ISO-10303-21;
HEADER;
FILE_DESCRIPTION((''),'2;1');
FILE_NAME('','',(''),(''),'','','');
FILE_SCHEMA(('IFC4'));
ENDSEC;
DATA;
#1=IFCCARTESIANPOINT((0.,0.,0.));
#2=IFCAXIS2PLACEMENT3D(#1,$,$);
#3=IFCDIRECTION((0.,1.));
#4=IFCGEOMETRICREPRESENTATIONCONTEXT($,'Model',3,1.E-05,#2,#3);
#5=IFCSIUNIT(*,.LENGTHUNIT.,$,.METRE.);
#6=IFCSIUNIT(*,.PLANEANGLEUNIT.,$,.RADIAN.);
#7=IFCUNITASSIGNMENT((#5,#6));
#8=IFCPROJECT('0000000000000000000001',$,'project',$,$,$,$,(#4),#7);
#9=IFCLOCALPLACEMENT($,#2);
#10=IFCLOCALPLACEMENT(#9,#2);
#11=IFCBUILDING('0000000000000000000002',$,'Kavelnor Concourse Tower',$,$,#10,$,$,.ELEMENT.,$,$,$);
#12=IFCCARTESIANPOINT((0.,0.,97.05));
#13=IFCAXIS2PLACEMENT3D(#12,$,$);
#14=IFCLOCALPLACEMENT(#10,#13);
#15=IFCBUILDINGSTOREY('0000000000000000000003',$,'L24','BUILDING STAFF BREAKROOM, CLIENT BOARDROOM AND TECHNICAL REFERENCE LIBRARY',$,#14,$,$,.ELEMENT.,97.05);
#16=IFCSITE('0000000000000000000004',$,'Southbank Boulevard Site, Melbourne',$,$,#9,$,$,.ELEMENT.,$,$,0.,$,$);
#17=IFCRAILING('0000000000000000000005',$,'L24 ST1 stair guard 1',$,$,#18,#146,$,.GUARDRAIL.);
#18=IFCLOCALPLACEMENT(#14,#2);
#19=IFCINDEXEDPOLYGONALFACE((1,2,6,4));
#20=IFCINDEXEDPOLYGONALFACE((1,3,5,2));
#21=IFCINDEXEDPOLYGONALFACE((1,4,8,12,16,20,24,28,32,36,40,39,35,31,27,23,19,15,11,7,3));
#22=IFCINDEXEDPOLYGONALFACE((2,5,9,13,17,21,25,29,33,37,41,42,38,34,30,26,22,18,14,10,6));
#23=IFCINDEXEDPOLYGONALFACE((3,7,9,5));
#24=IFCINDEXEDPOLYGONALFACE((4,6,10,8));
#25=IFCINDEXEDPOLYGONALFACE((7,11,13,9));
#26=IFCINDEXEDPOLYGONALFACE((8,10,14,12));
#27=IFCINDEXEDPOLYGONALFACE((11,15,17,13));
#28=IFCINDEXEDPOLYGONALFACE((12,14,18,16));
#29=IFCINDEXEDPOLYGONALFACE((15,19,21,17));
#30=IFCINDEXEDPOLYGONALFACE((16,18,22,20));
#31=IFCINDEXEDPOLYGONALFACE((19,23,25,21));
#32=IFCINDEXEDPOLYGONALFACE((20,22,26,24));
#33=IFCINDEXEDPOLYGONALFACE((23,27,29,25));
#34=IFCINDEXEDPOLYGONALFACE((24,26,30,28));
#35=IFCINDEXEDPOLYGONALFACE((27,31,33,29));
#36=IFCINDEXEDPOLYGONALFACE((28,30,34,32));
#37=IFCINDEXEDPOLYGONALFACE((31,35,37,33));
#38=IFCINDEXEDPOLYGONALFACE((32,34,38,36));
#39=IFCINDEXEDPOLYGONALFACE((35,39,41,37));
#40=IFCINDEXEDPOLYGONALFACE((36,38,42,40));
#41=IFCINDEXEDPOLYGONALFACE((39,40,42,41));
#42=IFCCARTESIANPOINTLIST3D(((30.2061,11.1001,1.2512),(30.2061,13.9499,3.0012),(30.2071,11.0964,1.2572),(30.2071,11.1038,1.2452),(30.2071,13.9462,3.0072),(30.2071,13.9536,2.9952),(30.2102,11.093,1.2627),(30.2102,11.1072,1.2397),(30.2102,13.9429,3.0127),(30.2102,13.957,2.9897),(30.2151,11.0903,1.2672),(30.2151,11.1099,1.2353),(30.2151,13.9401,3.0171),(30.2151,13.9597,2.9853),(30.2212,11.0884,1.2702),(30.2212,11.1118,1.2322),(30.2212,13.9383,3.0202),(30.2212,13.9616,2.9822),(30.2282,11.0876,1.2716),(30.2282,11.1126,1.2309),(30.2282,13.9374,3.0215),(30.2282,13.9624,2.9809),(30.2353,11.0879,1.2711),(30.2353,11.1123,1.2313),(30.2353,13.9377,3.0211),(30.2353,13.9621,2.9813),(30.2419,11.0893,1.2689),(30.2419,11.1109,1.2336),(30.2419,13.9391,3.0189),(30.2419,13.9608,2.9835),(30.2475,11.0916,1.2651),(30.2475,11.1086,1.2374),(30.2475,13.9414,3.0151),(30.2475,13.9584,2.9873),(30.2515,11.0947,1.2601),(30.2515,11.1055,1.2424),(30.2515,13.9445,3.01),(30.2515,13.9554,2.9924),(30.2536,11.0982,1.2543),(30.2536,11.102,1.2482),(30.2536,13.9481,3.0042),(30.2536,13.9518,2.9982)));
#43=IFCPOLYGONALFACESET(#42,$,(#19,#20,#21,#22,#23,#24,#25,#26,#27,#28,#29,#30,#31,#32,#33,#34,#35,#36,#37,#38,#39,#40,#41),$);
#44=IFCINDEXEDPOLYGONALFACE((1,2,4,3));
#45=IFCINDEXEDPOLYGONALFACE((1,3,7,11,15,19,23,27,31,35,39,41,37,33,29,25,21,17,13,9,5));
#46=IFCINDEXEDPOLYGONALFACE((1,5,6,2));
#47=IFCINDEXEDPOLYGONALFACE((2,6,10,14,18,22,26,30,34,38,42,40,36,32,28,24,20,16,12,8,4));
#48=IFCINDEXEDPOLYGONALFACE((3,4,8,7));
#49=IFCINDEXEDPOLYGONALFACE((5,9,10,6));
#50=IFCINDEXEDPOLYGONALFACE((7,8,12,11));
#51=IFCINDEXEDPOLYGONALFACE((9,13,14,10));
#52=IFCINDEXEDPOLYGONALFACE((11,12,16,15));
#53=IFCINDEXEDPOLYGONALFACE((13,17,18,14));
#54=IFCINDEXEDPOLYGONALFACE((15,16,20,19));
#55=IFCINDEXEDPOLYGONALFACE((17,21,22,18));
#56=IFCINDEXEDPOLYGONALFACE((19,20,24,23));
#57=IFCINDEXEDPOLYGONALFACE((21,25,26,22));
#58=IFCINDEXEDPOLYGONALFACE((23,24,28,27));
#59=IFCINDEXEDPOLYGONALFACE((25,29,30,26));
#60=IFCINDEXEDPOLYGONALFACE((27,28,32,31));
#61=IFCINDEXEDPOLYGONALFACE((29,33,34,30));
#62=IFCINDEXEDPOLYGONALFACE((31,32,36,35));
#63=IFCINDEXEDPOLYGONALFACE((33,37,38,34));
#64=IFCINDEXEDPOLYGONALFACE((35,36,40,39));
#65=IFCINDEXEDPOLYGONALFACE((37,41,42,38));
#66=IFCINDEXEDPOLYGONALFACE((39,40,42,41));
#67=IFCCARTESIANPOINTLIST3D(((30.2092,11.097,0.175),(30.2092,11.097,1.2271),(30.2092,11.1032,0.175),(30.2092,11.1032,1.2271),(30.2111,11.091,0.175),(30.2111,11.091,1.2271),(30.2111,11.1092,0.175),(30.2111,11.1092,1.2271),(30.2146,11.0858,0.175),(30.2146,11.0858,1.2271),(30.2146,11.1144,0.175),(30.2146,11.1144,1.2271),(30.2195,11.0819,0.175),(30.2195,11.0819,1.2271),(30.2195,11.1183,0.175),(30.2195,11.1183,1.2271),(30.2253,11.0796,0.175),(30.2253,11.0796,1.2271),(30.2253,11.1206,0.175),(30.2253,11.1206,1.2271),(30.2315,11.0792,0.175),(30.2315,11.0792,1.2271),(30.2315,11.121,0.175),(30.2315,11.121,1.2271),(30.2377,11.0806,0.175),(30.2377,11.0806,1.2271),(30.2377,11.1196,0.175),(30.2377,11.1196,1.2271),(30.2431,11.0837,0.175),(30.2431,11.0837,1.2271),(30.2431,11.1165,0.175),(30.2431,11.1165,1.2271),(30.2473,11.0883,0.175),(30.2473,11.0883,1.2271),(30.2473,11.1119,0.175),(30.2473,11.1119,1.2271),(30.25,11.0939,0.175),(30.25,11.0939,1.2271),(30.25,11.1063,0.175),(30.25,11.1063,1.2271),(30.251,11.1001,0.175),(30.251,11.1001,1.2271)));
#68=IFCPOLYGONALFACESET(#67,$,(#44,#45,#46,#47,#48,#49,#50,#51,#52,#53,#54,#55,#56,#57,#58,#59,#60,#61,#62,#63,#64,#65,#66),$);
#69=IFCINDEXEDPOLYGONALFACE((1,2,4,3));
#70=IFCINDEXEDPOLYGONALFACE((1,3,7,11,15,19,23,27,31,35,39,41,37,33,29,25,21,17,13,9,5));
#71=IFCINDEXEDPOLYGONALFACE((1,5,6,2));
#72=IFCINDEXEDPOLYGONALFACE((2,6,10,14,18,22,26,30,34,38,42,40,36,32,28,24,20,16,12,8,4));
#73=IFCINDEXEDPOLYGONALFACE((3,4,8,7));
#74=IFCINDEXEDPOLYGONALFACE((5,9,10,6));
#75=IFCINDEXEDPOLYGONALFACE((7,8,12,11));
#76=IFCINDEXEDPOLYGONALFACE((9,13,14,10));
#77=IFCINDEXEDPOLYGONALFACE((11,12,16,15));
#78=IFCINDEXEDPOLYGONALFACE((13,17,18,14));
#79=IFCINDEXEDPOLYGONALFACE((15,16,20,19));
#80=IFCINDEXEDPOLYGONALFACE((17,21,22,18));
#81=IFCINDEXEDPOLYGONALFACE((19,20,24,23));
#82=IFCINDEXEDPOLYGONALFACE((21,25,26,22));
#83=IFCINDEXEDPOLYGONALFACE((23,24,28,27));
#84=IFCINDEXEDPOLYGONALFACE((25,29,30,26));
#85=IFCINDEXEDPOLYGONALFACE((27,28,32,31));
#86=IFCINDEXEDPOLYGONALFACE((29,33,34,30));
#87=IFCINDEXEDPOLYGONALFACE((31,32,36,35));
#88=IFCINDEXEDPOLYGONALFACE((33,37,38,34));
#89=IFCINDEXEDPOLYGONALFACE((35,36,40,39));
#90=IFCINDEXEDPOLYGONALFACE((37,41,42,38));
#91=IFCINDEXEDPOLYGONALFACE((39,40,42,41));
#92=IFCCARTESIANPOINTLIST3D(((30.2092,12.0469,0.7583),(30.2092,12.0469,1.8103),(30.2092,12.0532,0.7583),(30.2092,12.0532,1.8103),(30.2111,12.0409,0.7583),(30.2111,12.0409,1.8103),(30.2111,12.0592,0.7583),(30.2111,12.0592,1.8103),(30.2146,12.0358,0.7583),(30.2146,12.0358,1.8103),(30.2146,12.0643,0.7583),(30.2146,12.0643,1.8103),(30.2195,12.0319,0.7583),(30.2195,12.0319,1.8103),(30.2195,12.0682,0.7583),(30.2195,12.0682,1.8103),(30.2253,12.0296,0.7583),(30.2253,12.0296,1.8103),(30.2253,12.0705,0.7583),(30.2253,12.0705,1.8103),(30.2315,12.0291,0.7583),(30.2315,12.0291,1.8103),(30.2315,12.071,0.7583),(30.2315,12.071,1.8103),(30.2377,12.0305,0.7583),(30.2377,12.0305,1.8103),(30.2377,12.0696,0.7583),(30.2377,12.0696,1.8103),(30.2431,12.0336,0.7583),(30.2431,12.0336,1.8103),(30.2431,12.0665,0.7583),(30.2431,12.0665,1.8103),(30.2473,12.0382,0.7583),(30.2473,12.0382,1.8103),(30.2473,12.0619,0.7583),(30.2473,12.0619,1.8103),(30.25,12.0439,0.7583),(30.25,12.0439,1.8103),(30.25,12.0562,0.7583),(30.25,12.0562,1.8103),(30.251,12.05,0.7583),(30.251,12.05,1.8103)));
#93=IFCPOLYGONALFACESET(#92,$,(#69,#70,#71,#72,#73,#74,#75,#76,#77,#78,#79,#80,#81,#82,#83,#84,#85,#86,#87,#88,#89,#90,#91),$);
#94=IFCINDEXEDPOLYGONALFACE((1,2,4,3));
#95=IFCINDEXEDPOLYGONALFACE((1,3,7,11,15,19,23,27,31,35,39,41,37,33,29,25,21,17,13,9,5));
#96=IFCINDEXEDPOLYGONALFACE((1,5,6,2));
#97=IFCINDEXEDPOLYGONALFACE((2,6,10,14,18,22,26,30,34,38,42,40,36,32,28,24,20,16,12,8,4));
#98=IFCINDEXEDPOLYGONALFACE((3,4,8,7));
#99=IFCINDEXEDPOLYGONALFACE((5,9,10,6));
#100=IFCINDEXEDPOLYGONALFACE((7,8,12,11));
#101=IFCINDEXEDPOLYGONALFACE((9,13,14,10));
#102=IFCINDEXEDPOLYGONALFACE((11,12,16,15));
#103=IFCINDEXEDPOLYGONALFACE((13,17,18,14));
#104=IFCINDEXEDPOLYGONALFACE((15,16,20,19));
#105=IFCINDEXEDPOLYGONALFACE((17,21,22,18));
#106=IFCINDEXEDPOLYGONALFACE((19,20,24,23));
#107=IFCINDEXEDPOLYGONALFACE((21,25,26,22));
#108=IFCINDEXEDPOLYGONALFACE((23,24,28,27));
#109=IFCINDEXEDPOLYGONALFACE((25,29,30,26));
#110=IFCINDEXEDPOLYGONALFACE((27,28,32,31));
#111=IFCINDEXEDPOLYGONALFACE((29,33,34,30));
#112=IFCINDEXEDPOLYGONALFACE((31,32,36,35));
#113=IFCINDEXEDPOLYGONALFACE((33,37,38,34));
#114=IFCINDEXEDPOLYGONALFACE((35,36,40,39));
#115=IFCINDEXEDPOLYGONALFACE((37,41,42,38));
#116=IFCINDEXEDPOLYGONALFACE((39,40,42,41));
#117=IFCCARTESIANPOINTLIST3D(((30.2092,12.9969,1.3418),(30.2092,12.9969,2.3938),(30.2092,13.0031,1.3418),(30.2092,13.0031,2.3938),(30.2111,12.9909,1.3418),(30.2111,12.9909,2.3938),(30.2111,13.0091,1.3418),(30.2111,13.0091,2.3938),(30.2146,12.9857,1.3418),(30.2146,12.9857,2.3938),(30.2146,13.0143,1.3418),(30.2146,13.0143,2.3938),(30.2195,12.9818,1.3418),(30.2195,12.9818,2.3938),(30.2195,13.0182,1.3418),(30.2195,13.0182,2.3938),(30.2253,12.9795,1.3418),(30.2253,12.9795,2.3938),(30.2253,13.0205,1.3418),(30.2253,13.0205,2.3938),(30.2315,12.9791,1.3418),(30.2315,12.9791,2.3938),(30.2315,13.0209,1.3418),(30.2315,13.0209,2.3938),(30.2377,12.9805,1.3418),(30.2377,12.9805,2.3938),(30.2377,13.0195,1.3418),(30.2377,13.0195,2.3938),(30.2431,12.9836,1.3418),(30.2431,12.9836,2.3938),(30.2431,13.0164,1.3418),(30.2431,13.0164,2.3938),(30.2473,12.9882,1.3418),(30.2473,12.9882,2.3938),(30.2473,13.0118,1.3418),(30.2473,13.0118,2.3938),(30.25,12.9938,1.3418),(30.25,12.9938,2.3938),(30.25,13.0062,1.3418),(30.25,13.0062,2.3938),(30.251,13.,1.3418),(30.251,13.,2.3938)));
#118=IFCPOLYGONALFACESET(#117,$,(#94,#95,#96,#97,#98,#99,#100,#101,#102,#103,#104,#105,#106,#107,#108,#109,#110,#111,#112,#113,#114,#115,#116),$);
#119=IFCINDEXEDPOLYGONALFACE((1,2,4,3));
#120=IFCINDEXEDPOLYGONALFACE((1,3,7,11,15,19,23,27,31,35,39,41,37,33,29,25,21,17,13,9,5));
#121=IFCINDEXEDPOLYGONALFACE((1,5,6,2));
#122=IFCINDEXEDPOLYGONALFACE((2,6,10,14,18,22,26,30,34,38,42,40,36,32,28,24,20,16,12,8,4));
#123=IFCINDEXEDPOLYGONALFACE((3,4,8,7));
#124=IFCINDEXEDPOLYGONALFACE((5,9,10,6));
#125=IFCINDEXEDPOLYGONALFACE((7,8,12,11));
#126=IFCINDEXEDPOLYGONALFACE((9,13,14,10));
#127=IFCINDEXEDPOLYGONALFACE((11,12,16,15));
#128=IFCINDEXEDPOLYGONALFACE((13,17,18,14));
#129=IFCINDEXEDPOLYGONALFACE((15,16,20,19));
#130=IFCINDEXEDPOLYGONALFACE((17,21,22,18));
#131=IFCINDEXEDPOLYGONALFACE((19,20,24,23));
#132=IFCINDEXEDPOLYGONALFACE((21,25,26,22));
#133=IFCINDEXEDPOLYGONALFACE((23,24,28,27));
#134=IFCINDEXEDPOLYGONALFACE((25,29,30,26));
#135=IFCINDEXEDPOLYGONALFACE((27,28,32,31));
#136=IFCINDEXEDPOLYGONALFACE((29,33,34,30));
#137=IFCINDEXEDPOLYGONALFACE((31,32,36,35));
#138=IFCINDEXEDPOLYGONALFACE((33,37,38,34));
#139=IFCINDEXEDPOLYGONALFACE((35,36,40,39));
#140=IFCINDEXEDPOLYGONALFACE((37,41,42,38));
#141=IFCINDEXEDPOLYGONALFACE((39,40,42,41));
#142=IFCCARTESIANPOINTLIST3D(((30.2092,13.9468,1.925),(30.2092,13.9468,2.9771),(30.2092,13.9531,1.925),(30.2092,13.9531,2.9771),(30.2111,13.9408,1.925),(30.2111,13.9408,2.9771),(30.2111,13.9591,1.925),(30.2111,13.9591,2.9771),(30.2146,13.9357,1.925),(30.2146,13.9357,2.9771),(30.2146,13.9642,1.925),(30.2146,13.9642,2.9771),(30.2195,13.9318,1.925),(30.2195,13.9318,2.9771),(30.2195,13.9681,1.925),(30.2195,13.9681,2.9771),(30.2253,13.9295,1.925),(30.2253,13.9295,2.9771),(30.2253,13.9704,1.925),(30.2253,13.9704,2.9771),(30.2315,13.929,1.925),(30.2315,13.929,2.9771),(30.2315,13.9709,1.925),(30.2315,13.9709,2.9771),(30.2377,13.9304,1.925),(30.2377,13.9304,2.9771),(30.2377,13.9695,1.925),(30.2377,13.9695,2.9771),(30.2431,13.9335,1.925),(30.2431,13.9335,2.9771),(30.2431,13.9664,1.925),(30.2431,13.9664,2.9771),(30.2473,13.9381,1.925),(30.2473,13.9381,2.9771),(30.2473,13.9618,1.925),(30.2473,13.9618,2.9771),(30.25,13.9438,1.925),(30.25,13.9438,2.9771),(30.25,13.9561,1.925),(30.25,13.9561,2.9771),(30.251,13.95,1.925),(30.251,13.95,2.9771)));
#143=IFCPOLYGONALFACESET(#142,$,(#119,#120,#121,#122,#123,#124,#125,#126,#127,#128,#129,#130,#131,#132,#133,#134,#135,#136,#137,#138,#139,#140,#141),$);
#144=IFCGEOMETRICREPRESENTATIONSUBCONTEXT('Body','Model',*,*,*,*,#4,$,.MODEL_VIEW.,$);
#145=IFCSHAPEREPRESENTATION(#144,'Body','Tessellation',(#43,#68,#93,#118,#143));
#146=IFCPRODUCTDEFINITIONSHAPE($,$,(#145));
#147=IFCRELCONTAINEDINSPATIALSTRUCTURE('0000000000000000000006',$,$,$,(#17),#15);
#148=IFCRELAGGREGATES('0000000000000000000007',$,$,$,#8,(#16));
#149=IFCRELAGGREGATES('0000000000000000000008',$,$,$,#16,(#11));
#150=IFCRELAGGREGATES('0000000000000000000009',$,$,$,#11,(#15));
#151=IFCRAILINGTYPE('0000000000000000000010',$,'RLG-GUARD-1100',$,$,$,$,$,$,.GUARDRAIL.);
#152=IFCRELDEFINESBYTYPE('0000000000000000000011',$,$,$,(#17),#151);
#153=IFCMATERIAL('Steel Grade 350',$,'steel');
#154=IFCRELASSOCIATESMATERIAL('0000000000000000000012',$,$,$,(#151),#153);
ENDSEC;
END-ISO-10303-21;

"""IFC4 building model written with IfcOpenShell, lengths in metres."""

from ifc_helpers import new_model, si_unit, direction, frame, origin, origin_2d, place, context, subcontext, project, spatial, circle, extrude, material, type_object, element, save


model = new_model("IFC4")

# Units and contexts
model_context = context("Model", 3, precision=1e-05, world=origin(), true_north=direction((0.0, 1.0)))
body_context = subcontext(model_context, "Body", "Model", "MODEL_VIEW")
ifc_project = project(units=[si_unit("LENGTHUNIT", "METRE"), si_unit("PLANEANGLEUNIT", "RADIAN")], contexts=[model_context])

# Site, building, storey
site_placement = place(None, origin())
site = spatial("IfcSite", under=ifc_project, at=site_placement, Name="Southbank Boulevard Site, Melbourne", CompositionType="ELEMENT", RefElevation=0.0)
building_placement = place(site_placement, origin())
building = spatial("IfcBuilding", under=site, at=building_placement, Name="Kavelnor Concourse Tower", CompositionType="ELEMENT")
storey_placement = place(building_placement, frame((0.0, 0.0, 97.05)))
storey = spatial("IfcBuildingStorey", under=building, at=storey_placement, Name="L24", Description="BUILDING STAFF BREAKROOM, CLIENT BOARDROOM AND TECHNICAL REFERENCE LIBRARY", CompositionType="ELEMENT", Elevation=97.05)

# Shared definitions
ifc_material_1 = material(Name="Steel Grade 350", Category="steel")

# Railing
railing_type_1 = type_object("IfcRailingType", Name="RLG-GUARD-1100", PredefinedType="GUARDRAIL", material=ifc_material_1)
railing_1_placement = place(storey_placement, frame((30.23, 11.1001, 0.175)))
element("IfcRailing", 1, at=railing_1_placement, inside=storey, type_object=railing_type_1, Name="L24 ST1 stair guard 1", PredefinedType="GUARDRAIL", context=body_context, shape_type="SweptSolid", body=[
    extrude(circle(Radius=0.0239, at=origin_2d()), frame((0.0, 0.0, 1.0762), z_axis=(0.0, 0.852159, 0.523283), x_axis=(-1.0, 0.0, 0.0)), (0.0, 0.0, 1.0), 3.3442),
    extrude(circle(Radius=0.021, at=origin_2d()), origin(), (0.0, 0.0, 1.0), 1.052),
    extrude(circle(Radius=0.021, at=origin_2d()), frame((0.0, 0.95, 0.5833)), (0.0, 0.0, 1.0), 1.052),
    extrude(circle(Radius=0.021, at=origin_2d()), frame((0.0, 1.8999, 1.1667)), (0.0, 0.0, 1.0), 1.052),
    extrude(circle(Radius=0.021, at=origin_2d()), frame((0.0, 2.8499, 1.75)), (0.0, 0.0, 1.0), 1.052),
])

save(model, "model.ifc")
